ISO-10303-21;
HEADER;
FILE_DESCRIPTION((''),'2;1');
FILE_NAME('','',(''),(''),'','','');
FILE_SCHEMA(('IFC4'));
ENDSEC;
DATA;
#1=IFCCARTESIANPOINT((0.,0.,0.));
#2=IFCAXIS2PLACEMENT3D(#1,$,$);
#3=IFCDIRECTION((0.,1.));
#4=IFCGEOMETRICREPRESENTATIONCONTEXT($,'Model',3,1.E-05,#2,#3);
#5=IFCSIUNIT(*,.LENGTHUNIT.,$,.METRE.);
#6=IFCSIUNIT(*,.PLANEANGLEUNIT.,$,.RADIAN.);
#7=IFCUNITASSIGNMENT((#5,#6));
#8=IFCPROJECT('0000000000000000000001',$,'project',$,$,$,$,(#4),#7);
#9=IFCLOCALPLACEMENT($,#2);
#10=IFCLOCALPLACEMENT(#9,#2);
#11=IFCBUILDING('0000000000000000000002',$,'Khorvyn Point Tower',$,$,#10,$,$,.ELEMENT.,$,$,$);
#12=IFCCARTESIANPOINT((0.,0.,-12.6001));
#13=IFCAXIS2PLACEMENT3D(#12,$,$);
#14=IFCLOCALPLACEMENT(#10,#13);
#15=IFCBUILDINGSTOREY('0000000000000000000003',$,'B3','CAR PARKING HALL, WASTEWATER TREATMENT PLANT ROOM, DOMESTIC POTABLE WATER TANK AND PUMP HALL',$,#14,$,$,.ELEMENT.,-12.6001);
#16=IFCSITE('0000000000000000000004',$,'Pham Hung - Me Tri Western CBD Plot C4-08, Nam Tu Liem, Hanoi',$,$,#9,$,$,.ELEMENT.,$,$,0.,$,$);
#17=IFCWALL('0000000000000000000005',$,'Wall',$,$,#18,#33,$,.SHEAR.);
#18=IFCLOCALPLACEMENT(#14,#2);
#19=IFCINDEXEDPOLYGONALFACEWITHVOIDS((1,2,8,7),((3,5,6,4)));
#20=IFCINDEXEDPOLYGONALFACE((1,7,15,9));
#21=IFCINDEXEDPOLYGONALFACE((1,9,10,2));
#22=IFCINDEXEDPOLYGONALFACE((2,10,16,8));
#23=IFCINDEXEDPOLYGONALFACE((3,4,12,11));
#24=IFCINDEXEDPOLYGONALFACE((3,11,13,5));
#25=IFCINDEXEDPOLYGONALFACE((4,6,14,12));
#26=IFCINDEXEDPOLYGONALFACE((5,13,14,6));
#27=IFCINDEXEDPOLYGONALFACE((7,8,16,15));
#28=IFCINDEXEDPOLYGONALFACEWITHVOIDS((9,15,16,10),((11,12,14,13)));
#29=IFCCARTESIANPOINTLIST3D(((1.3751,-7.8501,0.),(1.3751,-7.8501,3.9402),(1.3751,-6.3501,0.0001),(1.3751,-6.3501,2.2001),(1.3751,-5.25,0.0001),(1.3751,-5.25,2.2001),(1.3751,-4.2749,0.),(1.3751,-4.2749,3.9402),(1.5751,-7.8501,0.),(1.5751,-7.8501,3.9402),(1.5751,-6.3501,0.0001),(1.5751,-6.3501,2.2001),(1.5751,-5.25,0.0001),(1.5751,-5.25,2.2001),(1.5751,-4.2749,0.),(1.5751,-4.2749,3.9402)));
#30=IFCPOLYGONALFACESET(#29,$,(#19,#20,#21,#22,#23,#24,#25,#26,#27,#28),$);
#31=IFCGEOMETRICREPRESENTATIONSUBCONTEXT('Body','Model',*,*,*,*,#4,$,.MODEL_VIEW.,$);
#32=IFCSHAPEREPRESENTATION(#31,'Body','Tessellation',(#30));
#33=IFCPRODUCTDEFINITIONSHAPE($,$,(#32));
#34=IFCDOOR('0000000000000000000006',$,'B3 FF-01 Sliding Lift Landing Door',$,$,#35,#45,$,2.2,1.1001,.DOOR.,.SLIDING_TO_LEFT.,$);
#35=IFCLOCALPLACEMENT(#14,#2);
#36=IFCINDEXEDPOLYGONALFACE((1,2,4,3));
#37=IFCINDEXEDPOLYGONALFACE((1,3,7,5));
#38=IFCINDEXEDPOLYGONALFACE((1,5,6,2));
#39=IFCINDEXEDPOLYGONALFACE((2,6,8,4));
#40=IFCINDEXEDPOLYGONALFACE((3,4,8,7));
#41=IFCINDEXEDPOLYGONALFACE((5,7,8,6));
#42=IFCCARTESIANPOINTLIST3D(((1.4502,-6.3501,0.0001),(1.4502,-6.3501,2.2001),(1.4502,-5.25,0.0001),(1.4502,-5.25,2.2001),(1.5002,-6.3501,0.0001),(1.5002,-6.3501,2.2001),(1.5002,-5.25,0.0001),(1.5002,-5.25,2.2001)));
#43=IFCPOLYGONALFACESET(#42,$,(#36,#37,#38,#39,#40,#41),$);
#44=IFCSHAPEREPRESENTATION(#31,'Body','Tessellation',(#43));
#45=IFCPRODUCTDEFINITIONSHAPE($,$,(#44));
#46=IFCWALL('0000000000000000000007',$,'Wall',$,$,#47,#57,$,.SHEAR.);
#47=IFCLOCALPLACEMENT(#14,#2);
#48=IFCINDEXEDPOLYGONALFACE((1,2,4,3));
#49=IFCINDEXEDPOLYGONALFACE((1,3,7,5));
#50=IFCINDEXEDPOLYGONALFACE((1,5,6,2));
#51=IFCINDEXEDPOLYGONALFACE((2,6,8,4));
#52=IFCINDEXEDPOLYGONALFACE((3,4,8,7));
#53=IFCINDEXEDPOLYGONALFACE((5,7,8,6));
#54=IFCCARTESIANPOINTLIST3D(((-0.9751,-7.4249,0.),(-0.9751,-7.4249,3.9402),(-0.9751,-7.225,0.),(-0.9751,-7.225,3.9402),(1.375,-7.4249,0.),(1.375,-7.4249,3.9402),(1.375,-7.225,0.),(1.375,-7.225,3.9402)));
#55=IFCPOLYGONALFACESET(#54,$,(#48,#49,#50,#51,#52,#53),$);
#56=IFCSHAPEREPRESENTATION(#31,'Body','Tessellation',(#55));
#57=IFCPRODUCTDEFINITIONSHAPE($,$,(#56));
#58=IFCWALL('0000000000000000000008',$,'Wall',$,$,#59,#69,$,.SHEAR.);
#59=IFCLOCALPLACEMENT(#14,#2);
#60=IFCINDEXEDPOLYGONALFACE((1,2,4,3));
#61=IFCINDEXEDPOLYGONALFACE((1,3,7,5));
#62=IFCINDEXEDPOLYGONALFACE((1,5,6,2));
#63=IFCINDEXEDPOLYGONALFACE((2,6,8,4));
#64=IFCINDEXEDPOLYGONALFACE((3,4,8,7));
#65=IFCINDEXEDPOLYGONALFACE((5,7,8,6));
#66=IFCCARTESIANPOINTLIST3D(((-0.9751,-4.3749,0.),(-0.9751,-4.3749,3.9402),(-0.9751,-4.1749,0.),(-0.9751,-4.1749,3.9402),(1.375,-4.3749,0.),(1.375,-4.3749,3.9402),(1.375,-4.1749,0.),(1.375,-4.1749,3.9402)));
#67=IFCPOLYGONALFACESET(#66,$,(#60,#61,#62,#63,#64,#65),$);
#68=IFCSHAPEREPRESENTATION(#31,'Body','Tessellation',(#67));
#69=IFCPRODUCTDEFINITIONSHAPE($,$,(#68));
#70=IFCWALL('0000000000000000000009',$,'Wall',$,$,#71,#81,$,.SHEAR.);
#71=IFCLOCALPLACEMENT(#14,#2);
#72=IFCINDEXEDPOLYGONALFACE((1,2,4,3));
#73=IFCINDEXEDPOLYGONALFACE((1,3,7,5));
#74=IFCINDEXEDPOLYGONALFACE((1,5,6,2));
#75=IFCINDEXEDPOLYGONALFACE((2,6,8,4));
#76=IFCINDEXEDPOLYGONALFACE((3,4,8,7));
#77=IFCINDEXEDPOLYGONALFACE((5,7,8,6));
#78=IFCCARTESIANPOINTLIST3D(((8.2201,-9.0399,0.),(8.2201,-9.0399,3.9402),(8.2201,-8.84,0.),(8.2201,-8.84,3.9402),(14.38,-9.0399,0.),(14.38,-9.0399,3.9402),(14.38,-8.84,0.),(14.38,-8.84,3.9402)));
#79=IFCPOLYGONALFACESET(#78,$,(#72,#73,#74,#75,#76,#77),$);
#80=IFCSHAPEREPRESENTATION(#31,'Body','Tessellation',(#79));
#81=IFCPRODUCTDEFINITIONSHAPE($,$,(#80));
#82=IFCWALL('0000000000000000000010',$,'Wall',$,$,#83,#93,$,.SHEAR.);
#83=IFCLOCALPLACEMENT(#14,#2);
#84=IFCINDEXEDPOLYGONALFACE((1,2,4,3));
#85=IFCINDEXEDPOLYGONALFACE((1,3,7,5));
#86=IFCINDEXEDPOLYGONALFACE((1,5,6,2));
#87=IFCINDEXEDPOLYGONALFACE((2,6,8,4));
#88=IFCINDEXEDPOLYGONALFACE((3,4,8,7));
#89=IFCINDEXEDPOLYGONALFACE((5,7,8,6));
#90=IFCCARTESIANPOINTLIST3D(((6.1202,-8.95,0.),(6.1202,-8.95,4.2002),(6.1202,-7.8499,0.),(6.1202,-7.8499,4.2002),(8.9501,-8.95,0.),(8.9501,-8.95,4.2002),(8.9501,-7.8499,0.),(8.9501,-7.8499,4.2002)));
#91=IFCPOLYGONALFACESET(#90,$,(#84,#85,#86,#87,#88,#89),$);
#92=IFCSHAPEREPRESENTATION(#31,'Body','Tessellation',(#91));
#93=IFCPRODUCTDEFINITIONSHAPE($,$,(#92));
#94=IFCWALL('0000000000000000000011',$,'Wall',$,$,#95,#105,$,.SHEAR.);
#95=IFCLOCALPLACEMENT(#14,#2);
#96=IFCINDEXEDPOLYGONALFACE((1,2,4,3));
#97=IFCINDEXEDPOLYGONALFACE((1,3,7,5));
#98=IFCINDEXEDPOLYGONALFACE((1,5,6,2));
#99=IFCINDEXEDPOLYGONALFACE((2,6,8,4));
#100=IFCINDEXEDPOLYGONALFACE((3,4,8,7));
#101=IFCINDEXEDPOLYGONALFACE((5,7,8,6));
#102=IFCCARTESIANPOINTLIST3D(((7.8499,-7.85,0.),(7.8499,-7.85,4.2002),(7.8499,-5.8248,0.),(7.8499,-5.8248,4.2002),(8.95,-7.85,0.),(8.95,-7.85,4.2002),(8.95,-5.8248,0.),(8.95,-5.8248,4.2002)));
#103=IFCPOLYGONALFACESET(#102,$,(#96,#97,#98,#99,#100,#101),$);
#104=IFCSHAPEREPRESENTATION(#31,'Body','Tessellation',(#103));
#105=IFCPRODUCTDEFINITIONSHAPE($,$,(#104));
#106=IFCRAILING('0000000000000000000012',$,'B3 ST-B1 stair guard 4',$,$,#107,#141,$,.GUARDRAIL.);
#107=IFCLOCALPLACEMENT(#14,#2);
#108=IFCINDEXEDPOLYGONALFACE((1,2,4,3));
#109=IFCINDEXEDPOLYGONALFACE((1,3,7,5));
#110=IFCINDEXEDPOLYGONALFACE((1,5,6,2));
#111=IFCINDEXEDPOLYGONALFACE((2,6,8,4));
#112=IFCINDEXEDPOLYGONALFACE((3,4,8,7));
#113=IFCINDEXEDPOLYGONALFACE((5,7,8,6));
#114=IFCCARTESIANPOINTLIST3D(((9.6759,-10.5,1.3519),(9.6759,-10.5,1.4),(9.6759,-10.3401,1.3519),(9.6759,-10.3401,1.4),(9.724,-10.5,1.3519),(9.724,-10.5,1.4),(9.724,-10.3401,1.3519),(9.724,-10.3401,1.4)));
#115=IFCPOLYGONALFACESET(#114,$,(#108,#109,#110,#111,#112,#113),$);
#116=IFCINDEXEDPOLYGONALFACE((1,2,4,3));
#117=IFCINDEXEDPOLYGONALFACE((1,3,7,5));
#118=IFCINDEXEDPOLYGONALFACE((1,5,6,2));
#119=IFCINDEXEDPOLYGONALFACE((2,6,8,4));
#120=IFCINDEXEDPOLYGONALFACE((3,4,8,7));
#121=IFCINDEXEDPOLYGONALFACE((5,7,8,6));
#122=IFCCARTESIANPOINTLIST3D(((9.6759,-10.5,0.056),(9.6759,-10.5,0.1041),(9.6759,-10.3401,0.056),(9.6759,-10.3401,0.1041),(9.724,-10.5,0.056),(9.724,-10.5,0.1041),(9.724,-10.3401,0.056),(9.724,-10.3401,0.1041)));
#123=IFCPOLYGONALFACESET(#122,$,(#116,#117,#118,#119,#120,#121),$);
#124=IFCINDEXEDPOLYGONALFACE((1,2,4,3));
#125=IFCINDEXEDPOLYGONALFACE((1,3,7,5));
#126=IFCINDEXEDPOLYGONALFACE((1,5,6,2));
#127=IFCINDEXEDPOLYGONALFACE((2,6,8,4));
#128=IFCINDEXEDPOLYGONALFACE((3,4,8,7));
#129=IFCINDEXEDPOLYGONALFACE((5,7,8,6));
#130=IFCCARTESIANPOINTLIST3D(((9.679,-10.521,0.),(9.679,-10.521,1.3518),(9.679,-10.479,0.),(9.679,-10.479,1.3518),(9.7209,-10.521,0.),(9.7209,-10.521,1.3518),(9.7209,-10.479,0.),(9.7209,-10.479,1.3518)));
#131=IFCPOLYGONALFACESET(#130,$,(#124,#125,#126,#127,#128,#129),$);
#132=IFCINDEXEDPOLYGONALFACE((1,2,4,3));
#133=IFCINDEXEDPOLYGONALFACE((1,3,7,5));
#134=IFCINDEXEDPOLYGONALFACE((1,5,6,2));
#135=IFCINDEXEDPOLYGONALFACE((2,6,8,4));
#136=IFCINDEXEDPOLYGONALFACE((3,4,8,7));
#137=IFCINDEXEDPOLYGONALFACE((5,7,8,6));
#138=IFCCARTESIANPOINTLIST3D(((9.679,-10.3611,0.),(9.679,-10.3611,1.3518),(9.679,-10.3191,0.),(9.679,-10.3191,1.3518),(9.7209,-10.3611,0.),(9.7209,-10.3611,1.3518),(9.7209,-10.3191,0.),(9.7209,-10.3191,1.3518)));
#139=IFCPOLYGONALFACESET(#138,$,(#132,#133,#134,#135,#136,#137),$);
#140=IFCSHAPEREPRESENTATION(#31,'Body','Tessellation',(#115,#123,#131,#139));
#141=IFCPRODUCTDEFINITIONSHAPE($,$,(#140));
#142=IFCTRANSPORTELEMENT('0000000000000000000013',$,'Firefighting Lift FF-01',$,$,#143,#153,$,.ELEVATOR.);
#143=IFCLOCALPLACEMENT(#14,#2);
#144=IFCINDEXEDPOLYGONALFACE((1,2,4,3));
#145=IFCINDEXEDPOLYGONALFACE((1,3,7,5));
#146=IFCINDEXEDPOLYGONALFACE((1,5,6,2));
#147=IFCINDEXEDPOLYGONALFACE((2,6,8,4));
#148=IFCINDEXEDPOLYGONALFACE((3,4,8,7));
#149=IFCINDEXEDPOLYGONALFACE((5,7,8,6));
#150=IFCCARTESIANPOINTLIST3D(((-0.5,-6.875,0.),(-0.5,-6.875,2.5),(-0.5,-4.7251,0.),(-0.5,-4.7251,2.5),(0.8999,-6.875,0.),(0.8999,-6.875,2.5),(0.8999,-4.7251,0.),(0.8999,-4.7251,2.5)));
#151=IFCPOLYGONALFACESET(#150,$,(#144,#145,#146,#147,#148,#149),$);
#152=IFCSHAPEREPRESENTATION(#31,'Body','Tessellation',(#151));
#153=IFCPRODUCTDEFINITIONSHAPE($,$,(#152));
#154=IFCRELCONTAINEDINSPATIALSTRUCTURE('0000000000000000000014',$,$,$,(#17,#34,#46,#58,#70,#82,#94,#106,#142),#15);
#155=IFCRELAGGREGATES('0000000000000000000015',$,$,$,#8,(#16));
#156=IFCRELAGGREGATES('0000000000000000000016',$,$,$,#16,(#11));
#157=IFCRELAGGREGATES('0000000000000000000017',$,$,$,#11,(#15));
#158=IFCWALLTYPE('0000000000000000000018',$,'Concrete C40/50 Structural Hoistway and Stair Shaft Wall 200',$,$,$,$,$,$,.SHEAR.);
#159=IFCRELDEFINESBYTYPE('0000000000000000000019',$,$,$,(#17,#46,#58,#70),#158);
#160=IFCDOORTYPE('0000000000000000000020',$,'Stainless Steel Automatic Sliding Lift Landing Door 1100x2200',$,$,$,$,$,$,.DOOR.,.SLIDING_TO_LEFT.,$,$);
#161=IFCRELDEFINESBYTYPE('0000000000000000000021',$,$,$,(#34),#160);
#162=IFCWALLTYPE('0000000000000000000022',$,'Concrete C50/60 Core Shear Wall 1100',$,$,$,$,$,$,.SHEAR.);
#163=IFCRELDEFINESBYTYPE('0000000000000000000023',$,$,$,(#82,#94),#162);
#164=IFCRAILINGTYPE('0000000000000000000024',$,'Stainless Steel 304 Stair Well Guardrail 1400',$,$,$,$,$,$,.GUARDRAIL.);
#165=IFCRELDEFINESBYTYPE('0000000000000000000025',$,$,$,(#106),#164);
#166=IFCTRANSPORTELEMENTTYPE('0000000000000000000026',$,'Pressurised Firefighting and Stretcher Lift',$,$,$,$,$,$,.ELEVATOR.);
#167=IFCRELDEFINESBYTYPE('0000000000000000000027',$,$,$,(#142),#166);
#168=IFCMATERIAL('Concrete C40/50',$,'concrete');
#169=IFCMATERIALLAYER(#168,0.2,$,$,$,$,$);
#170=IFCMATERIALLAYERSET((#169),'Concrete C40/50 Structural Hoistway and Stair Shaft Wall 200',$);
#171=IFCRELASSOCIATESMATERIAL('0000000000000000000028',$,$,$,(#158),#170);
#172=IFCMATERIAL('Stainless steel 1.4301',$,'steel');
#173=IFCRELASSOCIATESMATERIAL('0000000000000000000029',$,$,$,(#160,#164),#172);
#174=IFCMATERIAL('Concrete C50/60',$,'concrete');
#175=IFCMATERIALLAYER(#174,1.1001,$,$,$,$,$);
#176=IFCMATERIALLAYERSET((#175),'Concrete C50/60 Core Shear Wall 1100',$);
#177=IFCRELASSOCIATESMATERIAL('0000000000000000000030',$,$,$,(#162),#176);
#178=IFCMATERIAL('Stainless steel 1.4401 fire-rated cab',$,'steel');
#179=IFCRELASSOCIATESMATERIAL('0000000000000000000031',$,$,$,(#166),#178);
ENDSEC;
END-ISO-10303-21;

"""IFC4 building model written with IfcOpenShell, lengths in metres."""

from ifc_helpers import new_model, si_unit, direction, frame, frame_2d, origin, origin_2d, place, context, subcontext, project, spatial, rectangle, extrude, material, layer, layer_set, type_object, element, fill, save


model = new_model("IFC4")

# Units and contexts
model_context = context("Model", 3, precision=1e-05, world=origin(), true_north=direction((0.0, 1.0)))
body_context = subcontext(model_context, "Body", "Model", "MODEL_VIEW")
ifc_project = project(units=[si_unit("LENGTHUNIT", "METRE"), si_unit("PLANEANGLEUNIT", "RADIAN")], contexts=[model_context])

# Site, building, storey
site_placement = place(None, origin())
site = spatial("IfcSite", under=ifc_project, at=site_placement, Name="Pham Hung - Me Tri Western CBD Plot C4-08, Nam Tu Liem, Hanoi", CompositionType="ELEMENT", RefElevation=0.0)
building_placement = place(site_placement, origin())
building = spatial("IfcBuilding", under=site, at=building_placement, Name="Khorvyn Point Tower", CompositionType="ELEMENT")
storey_placement = place(building_placement, frame((0.0, 0.0, -12.6001)))
storey = spatial("IfcBuildingStorey", under=building, at=storey_placement, Name="B3", Description="CAR PARKING HALL, WASTEWATER TREATMENT PLANT ROOM, DOMESTIC POTABLE WATER TANK AND PUMP HALL", CompositionType="ELEMENT", Elevation=-12.6001)

# Shared definitions
ifc_material_1 = material(Name="Concrete C40/50", Category="concrete")

# Shared definitions
ifc_layer_1 = layer(ifc_material_1, 0.2)
ifc_layer_set_1 = layer_set([ifc_layer_1], Name="Concrete C40/50 Structural Hoistway and Stair Shaft Wall 200")
wall_type_1 = type_object("IfcWallType", Name="Concrete C40/50 Structural Hoistway and Stair Shaft Wall 200", PredefinedType="SHEAR", material=ifc_layer_set_1)

# Wall, opening, door
wall_1_placement = place(storey_placement, frame((1.4751, -7.8501, 0.0), z_axis=(0.0, 0.0, 1.0), x_axis=(0.0, 1.0, 0.0)))
wall_1 = element("IfcWall", 1, at=wall_1_placement, inside=storey, type_object=wall_type_1, Name="Wall", PredefinedType="SHEAR", context=body_context, shape_type="SweptSolid", body=[
    extrude(rectangle(XDim=3.5752, YDim=0.2, at=frame_2d((1.7876, 0.0))), origin(), (0.0, 0.0, 1.0), 3.9402),
])
opening_1_placement = place(wall_1_placement, frame((1.5, 0.0, 0.0)))
opening_1 = element("IfcOpeningElement", 2, at=opening_1_placement, cuts=wall_1, PredefinedType="OPENING", context=body_context, shape_type="SweptSolid", body=[
    extrude(rectangle(XDim=1.1001, YDim=2.2, at=frame_2d((0.55, 1.1001))), frame((0.0, 0.1099, 0.0), z_axis=(0.0, -1.0, 0.0), x_axis=(1.0, 0.0, 0.0)), (0.0, 0.0, 1.0), 0.22),
])
ifc_material_2 = material(Name="Stainless steel 1.4301", Category="steel")
door_type_1 = type_object("IfcDoorType", Name="Stainless Steel Automatic Sliding Lift Landing Door 1100x2200", OperationType="SLIDING_TO_LEFT", PredefinedType="DOOR", material=ifc_material_2)
door_1_placement = place(opening_1_placement, origin())
door_1 = element("IfcDoor", 3, at=door_1_placement, inside=storey, type_object=door_type_1, Name="B3 FF-01 Sliding Lift Landing Door", OperationType="SLIDING_TO_LEFT", OverallHeight=2.2, OverallWidth=1.1001, PredefinedType="DOOR", context=body_context, shape_type="SweptSolid", body=[
    extrude(rectangle(XDim=1.1001, YDim=2.2, at=frame_2d((0.55, 1.1001))), frame((0.0, 0.0249, 0.0), z_axis=(0.0, -1.0, 0.0), x_axis=(1.0, 0.0, 0.0)), (0.0, 0.0, 1.0), 0.05),
])
fill(opening_1, door_1)

# Walls
for number, where, z_axis, x_axis, name in (
    (4, (-0.9751, -7.325, 0.0), (0.0, 0.0, 1.0), (1.0, 0.0, 0.0), "Wall"),
    (5, (-0.9751, -4.2749, 0.0), (0.0, 0.0, 1.0), (1.0, 0.0, 0.0), "Wall"),
):
    element("IfcWall", number, at=place(storey_placement, frame(where, z_axis=z_axis, x_axis=x_axis)), inside=storey, type_object=wall_type_1, Name=name, PredefinedType="SHEAR", context=body_context, shape_type="SweptSolid", body=[
        extrude(rectangle(XDim=2.3501, YDim=0.2, at=frame_2d((1.175, 0.0))), origin(), (0.0, 0.0, 1.0), 3.9402),
    ])
wall_2_placement = place(storey_placement, frame((8.22, -8.9399, 0.0), z_axis=(0.0, 0.0, 1.0), x_axis=(1.0, 0.0, 0.0)))
element("IfcWall", 6, at=wall_2_placement, inside=storey, type_object=wall_type_1, Name="Wall", PredefinedType="SHEAR", context=body_context, shape_type="SweptSolid", body=[
    extrude(rectangle(XDim=6.1599, YDim=0.2, at=frame_2d((3.0801, 0.0))), origin(), (0.0, 0.0, 1.0), 3.9402),
])
ifc_material_3 = material(Name="Concrete C50/60", Category="concrete")
ifc_layer_2 = layer(ifc_material_3, 1.1001)
ifc_layer_set_2 = layer_set([ifc_layer_2], Name="Concrete C50/60 Core Shear Wall 1100")
wall_type_2 = type_object("IfcWallType", Name="Concrete C50/60 Core Shear Wall 1100", PredefinedType="SHEAR", material=ifc_layer_set_2)
wall_3_placement = place(storey_placement, frame((6.1201, -8.3999, 0.0), z_axis=(0.0, 0.0, 1.0), x_axis=(1.0, 0.0, 0.0)))
element("IfcWall", 7, at=wall_3_placement, inside=storey, type_object=wall_type_2, Name="Wall", PredefinedType="SHEAR", context=body_context, shape_type="SweptSolid", body=[
    extrude(rectangle(XDim=2.8298, YDim=1.1001, at=frame_2d((1.415, 0.0))), origin(), (0.0, 0.0, 1.0), 4.2002),
])
wall_4_placement = place(storey_placement, frame((8.3999, -7.8501, 0.0), z_axis=(0.0, 0.0, 1.0), x_axis=(0.0, 1.0, 0.0)))
element("IfcWall", 8, at=wall_4_placement, inside=storey, type_object=wall_type_2, Name="Wall", PredefinedType="SHEAR", context=body_context, shape_type="SweptSolid", body=[
    extrude(rectangle(XDim=2.0251, YDim=1.1001, at=frame_2d((1.0127, 0.0))), origin(), (0.0, 0.0, 1.0), 4.2002),
])

# Railing
railing_type = type_object("IfcRailingType", Name="Stainless Steel 304 Stair Well Guardrail 1400", PredefinedType="GUARDRAIL", material=ifc_material_2)
railing_placement = place(storey_placement, frame((9.7, -10.5, 0.0)))
element("IfcRailing", 9, at=railing_placement, inside=storey, type_object=railing_type, Name="B3 ST-B1 stair guard 4", PredefinedType="GUARDRAIL", context=body_context, shape_type="SweptSolid", body=[
    extrude(rectangle(XDim=0.0481, YDim=0.0481, at=origin_2d()), frame((0.0, 0.0, 1.376), z_axis=(0.0, 1.0, 0.0), x_axis=(-1.0, 0.0, 0.0)), (0.0, 0.0, 1.0), 0.1599),
    extrude(rectangle(XDim=0.0481, YDim=0.0481, at=origin_2d()), frame((0.0, 0.0, 0.0801), z_axis=(0.0, 1.0, 0.0), x_axis=(-1.0, 0.0, 0.0)), (0.0, 0.0, 1.0), 0.1599),
    extrude(rectangle(XDim=0.042, YDim=0.042, at=origin_2d()), origin(), (0.0, 0.0, 1.0), 1.3518),
    extrude(rectangle(XDim=0.042, YDim=0.042, at=origin_2d()), frame((0.0, 0.1599, 0.0)), (0.0, 0.0, 1.0), 1.3518),
])

# Transport element
ifc_material_4 = material(Name="Stainless steel 1.4401 fire-rated cab", Category="steel")
transport_element_type = type_object("IfcTransportElementType", Name="Pressurised Firefighting and Stretcher Lift", PredefinedType="ELEVATOR", material=ifc_material_4)
transport_element_placement = place(storey_placement, frame((0.2, -5.8, 0.0), z_axis=(0.0, 0.0, 1.0), x_axis=(1.0, 0.0, 0.0)))
element("IfcTransportElement", 10, at=transport_element_placement, inside=storey, type_object=transport_element_type, Name="Firefighting Lift FF-01", PredefinedType="ELEVATOR", context=body_context, shape_type="SweptSolid", body=[
    extrude(rectangle(XDim=1.3999, YDim=2.1499, at=origin_2d()), origin(), (0.0, 0.0, 1.0), 2.5),
])

save(model, "model.ifc")
